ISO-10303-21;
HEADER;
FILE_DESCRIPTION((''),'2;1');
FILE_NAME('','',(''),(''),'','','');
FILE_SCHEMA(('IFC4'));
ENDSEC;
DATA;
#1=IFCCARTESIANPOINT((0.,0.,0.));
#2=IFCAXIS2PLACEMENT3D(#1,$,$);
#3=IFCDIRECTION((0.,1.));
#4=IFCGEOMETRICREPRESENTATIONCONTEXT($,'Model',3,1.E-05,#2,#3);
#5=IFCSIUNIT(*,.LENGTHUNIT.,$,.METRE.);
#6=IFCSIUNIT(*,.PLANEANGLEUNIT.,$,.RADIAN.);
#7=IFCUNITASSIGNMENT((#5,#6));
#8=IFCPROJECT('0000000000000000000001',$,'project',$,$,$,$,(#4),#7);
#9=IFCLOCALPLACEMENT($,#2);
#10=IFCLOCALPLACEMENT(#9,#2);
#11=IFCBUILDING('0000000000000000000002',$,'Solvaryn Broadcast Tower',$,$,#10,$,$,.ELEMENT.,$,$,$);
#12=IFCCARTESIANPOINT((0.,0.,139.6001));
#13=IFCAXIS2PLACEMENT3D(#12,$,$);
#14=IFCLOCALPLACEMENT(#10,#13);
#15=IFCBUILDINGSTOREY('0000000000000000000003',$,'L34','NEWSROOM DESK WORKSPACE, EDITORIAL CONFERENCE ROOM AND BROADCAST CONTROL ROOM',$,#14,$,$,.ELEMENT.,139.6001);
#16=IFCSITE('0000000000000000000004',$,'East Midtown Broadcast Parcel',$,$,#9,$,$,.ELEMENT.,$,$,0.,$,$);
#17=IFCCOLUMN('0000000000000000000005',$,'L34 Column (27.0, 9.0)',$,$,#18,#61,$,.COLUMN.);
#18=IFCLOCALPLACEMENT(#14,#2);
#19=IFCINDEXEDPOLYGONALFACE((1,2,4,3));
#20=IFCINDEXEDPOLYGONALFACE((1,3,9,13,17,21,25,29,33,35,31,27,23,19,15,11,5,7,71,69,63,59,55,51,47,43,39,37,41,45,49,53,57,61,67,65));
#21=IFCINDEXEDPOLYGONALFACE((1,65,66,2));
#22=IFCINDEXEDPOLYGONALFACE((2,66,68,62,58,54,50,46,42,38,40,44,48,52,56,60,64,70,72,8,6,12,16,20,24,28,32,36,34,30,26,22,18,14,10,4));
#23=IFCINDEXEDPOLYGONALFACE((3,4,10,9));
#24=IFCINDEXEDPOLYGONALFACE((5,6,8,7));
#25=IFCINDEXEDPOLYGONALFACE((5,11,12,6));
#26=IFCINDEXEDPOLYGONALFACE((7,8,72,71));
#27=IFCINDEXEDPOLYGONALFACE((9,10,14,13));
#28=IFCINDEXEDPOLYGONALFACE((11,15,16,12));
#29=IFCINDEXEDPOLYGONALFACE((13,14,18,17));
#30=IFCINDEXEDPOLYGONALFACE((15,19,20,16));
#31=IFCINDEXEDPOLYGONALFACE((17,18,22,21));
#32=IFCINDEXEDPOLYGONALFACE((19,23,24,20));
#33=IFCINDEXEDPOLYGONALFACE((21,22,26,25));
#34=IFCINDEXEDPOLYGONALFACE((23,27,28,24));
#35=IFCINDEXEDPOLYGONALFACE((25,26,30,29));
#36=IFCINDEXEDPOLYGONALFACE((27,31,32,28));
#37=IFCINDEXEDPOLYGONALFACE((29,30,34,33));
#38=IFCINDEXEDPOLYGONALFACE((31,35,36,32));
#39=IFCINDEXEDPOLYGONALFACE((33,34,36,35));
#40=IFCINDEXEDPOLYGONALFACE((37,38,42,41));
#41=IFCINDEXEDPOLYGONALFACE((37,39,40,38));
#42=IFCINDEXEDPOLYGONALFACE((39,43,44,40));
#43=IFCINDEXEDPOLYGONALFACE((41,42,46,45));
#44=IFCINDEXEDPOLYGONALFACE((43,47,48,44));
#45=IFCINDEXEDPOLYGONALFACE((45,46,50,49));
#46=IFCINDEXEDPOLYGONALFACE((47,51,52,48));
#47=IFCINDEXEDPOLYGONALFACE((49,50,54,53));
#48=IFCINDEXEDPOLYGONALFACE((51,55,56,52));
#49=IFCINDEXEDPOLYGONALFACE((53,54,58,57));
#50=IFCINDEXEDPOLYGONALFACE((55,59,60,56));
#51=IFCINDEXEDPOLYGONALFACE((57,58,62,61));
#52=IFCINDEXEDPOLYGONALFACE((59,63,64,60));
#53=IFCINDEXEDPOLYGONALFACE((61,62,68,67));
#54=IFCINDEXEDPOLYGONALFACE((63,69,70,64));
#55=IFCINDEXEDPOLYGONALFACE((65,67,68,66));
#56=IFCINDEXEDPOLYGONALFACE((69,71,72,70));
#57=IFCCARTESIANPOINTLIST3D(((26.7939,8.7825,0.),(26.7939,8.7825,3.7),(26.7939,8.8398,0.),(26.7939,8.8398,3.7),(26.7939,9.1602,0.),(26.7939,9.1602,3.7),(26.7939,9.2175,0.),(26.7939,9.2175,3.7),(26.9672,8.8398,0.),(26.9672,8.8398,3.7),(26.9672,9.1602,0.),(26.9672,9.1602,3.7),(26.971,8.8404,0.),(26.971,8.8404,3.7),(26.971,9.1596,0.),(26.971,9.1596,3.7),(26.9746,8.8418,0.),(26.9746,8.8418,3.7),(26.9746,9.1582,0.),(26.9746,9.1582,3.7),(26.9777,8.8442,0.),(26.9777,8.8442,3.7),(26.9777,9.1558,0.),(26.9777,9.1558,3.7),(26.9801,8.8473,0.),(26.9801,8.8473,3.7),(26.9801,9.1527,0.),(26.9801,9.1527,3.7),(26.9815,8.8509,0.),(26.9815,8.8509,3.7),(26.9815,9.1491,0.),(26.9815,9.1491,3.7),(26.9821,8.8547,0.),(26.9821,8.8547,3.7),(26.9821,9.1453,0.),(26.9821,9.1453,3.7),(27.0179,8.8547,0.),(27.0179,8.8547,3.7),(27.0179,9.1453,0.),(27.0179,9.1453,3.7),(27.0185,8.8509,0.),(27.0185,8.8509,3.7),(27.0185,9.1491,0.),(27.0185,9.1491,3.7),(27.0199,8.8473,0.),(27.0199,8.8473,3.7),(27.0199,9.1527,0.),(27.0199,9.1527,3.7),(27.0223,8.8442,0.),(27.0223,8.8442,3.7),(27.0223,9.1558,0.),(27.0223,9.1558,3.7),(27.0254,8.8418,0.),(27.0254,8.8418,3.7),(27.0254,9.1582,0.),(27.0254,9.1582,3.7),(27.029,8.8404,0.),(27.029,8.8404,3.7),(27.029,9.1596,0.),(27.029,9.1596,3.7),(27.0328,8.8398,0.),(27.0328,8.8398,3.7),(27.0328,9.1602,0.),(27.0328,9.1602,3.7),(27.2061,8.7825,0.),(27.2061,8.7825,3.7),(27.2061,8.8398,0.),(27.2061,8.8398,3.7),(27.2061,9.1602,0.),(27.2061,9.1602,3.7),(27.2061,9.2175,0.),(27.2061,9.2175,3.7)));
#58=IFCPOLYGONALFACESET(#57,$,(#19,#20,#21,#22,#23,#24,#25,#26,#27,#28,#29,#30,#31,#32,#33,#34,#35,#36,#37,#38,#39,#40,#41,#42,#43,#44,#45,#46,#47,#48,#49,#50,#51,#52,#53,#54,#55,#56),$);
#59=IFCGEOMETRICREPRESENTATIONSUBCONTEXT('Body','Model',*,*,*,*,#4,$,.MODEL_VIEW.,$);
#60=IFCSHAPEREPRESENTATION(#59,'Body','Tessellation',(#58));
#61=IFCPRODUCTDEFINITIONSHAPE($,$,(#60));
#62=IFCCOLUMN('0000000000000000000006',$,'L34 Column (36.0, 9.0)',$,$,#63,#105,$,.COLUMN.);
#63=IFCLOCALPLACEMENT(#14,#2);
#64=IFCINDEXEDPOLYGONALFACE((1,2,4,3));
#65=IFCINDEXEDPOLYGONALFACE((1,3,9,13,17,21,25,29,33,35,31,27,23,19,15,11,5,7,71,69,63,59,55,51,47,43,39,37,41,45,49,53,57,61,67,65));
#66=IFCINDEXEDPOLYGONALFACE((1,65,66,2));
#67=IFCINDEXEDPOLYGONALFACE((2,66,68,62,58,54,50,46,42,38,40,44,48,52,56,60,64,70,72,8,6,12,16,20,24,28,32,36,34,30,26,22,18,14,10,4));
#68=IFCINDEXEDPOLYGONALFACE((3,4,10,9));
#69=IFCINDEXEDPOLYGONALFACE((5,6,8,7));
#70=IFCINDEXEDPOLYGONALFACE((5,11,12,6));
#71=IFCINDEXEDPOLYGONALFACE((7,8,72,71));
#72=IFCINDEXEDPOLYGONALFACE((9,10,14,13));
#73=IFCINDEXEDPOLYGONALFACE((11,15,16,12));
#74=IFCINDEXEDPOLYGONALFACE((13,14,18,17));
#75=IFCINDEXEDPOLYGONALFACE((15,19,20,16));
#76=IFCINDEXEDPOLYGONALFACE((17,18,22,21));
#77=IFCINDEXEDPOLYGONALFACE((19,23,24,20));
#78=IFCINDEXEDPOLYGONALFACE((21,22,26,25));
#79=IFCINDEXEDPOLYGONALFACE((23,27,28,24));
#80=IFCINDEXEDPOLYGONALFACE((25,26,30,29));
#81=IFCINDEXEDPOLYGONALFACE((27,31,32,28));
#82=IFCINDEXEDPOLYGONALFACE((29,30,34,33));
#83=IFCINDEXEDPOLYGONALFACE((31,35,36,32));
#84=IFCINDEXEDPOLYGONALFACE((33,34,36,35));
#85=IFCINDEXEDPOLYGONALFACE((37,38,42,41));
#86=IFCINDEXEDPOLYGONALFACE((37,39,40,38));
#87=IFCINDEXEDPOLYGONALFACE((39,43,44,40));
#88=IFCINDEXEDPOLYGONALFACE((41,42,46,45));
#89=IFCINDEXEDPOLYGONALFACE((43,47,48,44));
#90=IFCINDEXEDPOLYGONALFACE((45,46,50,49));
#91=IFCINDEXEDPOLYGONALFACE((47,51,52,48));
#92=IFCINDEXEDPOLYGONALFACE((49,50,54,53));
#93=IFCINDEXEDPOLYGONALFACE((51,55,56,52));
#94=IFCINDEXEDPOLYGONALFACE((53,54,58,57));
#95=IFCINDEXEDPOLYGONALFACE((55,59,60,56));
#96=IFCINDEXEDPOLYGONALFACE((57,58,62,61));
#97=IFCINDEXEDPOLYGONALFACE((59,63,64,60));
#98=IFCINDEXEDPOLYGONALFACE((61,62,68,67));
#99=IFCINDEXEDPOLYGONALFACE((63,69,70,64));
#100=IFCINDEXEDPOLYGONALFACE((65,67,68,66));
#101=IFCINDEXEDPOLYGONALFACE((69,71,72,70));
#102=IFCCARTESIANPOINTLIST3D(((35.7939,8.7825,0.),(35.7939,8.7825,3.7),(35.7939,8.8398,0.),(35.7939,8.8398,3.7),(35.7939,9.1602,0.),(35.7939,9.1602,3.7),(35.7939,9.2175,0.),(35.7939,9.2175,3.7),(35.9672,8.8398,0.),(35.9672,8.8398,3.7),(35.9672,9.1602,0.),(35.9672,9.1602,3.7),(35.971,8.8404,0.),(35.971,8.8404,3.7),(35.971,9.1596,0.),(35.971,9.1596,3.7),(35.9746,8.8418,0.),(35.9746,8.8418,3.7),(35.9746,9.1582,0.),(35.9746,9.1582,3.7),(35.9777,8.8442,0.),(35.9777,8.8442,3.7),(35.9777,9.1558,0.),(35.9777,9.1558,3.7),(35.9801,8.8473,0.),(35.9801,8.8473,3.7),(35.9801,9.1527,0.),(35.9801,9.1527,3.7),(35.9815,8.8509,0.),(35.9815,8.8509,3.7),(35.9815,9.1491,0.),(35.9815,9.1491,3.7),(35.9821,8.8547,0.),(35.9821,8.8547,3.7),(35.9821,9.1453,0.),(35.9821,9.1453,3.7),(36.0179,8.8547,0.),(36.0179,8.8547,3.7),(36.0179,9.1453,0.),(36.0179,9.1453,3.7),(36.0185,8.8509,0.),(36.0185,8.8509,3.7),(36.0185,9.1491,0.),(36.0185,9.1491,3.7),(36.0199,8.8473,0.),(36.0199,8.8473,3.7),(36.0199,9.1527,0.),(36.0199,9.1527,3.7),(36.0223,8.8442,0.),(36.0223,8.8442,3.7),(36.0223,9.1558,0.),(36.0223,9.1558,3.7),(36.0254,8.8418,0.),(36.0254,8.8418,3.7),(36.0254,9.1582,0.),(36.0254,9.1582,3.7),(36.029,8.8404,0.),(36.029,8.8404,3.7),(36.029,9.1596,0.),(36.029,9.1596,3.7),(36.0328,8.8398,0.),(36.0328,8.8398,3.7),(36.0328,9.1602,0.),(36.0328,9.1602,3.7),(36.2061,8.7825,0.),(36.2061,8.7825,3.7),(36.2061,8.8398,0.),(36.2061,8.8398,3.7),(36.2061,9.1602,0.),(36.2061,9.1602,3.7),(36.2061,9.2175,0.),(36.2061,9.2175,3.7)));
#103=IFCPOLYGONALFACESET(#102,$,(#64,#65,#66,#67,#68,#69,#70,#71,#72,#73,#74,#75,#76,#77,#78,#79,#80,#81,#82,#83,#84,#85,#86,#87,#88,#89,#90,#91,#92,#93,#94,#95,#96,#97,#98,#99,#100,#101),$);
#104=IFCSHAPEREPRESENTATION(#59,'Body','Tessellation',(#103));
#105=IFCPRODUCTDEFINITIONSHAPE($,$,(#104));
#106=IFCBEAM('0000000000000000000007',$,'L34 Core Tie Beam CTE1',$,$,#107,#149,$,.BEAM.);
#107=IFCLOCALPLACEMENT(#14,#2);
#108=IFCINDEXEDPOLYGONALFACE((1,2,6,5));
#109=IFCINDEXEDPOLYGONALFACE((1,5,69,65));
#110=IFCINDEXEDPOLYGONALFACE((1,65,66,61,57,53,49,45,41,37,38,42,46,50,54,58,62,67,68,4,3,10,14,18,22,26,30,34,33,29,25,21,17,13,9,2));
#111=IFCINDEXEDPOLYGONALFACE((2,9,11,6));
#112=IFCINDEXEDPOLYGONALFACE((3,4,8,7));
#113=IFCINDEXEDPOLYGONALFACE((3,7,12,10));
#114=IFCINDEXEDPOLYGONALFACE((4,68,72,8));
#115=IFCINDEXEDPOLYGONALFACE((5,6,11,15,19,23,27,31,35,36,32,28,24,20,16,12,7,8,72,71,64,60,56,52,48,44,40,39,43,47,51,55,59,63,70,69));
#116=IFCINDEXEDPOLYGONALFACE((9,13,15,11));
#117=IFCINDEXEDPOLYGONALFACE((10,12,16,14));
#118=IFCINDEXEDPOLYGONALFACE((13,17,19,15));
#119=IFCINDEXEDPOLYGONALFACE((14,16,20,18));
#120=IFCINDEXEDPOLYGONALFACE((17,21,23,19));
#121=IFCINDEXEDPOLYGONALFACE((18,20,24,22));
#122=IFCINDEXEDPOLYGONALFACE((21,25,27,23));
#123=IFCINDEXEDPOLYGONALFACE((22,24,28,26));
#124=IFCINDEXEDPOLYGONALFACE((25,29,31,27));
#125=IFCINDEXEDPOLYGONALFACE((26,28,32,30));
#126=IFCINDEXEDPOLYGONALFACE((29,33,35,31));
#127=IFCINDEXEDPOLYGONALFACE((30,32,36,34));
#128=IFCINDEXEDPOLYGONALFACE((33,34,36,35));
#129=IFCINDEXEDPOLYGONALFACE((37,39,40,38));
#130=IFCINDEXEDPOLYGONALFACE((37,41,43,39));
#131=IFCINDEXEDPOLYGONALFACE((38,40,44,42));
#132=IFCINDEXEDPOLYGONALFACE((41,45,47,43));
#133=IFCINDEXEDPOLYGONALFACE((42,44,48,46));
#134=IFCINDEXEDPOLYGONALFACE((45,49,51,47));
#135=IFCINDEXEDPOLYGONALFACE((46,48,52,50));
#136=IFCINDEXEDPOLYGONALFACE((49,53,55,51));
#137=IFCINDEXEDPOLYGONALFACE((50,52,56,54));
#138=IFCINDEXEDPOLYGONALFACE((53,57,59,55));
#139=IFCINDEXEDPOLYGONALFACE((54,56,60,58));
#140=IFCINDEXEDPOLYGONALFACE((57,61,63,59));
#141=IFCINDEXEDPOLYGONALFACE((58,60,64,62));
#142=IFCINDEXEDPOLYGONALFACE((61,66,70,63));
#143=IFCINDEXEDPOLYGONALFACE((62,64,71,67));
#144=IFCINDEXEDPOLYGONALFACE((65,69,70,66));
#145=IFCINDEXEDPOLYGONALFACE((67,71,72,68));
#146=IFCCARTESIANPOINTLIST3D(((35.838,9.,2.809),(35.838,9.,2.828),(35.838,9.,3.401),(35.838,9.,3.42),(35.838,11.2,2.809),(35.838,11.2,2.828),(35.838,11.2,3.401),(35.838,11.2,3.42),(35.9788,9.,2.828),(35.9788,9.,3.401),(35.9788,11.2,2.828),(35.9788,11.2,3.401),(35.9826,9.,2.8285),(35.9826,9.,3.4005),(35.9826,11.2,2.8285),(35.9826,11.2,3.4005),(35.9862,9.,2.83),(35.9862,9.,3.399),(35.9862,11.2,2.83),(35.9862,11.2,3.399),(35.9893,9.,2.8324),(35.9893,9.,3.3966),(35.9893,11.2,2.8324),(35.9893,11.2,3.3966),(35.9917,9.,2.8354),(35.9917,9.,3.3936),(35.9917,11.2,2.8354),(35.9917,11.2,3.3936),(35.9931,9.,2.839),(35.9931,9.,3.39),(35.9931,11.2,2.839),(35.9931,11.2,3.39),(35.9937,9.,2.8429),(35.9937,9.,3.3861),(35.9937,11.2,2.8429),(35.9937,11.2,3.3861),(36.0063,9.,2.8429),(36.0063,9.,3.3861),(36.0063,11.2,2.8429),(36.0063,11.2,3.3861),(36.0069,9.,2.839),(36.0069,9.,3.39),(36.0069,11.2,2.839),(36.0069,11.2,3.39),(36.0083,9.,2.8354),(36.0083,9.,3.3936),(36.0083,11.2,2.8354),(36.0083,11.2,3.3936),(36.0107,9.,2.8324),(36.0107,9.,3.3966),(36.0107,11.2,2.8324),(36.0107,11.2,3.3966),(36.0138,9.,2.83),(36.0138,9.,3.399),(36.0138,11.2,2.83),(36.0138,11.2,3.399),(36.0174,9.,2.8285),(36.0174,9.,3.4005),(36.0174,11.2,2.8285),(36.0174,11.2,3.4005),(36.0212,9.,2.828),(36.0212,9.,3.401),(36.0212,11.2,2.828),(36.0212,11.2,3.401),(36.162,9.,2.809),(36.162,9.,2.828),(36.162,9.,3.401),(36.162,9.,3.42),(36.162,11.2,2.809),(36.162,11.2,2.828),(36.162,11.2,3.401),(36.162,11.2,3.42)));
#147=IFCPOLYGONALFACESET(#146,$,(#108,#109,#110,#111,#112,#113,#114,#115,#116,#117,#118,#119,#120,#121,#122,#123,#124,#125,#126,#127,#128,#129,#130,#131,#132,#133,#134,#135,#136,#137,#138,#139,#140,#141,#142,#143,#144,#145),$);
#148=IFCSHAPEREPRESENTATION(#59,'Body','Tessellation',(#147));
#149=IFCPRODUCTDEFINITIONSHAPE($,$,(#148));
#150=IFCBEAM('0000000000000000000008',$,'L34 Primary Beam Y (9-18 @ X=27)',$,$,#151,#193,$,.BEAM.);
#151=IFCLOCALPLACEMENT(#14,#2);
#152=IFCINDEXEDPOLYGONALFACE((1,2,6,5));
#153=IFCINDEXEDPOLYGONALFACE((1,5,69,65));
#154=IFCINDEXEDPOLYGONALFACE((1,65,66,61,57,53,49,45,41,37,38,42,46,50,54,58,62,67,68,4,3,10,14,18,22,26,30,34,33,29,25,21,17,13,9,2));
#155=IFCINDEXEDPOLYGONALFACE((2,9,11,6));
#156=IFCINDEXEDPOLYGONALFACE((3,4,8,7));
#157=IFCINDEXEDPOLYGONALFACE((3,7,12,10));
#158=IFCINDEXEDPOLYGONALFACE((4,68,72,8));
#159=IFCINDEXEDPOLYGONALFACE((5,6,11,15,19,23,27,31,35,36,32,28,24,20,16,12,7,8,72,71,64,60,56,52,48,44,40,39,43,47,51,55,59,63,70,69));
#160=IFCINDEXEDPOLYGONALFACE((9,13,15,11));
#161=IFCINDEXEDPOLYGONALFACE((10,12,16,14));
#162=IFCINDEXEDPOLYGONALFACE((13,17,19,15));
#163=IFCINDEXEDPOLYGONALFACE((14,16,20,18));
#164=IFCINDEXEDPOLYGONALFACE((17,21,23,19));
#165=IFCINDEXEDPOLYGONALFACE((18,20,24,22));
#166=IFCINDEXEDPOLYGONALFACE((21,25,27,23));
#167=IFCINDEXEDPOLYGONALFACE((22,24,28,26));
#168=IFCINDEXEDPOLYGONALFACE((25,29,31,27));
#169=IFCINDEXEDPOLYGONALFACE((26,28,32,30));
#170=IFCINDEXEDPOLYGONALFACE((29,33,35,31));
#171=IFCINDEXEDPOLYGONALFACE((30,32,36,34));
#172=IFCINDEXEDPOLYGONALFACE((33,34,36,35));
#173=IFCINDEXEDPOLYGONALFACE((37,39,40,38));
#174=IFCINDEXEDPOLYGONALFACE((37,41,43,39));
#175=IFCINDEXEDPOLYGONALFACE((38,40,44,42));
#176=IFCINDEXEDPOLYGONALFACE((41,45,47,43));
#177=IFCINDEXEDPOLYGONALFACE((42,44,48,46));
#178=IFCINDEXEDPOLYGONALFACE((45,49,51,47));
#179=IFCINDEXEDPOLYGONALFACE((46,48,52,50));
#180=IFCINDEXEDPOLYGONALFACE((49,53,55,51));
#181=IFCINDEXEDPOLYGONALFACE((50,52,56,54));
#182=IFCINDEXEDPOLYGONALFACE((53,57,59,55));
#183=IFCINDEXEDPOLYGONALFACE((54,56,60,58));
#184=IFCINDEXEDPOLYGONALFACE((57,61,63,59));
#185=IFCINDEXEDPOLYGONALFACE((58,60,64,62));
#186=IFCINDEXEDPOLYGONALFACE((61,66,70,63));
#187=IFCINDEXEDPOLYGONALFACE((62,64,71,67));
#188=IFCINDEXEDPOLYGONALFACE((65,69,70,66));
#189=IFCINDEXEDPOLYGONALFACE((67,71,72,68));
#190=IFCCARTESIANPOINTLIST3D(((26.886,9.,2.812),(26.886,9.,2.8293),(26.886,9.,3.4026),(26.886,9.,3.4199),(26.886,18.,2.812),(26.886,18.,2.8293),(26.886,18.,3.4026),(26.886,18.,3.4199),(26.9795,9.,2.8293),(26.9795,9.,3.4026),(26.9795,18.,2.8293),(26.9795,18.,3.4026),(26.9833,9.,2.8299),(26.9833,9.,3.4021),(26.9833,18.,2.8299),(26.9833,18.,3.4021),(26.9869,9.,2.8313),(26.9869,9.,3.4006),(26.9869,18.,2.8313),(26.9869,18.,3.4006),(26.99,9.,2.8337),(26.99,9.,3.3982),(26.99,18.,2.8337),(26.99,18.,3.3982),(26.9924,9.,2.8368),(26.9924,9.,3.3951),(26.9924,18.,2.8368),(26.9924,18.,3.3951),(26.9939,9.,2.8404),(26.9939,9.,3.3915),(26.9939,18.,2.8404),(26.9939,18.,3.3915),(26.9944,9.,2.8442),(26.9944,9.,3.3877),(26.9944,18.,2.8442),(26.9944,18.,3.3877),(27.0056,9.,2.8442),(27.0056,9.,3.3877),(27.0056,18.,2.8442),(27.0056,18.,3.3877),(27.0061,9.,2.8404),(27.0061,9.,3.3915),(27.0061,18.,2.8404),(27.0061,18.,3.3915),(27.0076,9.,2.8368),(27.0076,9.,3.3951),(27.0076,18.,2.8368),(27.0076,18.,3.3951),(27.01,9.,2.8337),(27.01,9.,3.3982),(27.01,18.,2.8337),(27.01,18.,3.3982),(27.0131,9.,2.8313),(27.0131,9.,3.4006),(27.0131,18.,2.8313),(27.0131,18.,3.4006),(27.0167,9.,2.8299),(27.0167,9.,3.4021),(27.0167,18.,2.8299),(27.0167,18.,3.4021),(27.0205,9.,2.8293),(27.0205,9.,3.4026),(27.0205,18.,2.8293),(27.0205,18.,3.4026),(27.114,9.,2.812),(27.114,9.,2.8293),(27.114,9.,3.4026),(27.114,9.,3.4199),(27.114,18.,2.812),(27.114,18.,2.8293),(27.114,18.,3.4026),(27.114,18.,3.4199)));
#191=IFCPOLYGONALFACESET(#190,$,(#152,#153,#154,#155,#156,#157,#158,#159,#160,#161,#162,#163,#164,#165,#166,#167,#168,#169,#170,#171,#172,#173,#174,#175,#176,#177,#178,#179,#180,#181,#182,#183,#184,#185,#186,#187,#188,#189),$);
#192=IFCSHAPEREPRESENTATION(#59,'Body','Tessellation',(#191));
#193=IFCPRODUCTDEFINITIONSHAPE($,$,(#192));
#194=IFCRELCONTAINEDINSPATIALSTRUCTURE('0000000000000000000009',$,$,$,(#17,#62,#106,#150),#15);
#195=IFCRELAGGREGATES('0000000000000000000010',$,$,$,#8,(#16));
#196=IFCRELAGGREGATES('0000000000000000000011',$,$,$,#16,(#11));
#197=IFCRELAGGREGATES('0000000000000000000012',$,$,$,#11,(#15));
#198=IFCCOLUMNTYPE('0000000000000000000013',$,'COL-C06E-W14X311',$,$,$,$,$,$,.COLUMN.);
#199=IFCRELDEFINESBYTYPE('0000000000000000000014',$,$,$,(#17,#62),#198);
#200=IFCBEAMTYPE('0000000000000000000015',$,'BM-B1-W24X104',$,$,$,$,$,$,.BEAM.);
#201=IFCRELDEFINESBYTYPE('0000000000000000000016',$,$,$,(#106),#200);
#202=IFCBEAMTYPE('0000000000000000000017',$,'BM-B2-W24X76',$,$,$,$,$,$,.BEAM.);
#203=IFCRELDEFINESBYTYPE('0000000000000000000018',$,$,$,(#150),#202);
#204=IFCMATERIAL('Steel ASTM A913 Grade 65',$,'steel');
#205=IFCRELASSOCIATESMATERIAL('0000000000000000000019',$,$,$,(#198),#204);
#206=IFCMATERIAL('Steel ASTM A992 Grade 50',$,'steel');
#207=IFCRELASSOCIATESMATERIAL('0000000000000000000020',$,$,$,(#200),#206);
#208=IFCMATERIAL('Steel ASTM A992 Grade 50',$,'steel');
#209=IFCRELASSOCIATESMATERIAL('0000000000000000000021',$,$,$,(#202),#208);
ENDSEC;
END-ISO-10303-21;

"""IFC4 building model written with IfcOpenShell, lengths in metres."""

from ifc_helpers import new_model, si_unit, direction, frame, origin, origin_2d, place, context, subcontext, project, spatial, i_section, extrude, material, material_profile, profile_set, type_object, element, save


model = new_model("IFC4")

# Units and contexts
model_context = context("Model", 3, precision=1e-05, world=origin(), true_north=direction((0.0, 1.0)))
body_context = subcontext(model_context, "Body", "Model", "MODEL_VIEW")
ifc_project = project(units=[si_unit("LENGTHUNIT", "METRE"), si_unit("PLANEANGLEUNIT", "RADIAN")], contexts=[model_context])

# Site, building, storey
site_placement = place(None, origin())
site = spatial("IfcSite", under=ifc_project, at=site_placement, Name="East Midtown Broadcast Parcel", CompositionType="ELEMENT", RefElevation=0.0)
building_placement = place(site_placement, origin())
building = spatial("IfcBuilding", under=site, at=building_placement, Name="Solvaryn Broadcast Tower", CompositionType="ELEMENT")
storey_placement = place(building_placement, frame((0.0, 0.0, 139.6001)))
storey = spatial("IfcBuildingStorey", under=building, at=storey_placement, Name="L34", Description="NEWSROOM DESK WORKSPACE, EDITORIAL CONFERENCE ROOM AND BROADCAST CONTROL ROOM", CompositionType="ELEMENT", Elevation=139.6001)

# Columns
ifc_material_1 = material(Name="Steel ASTM A913 Grade 65", Category="steel")
ifc_material_profile_1 = material_profile(ifc_material_1, i_section(OverallWidth=0.4121, OverallDepth=0.4351, WebThickness=0.0359, FlangeThickness=0.0574, FilletRadius=0.0149, at=origin_2d()))
ifc_profile_set_1 = profile_set([ifc_material_profile_1], Name="Steel ASTM A913 Grade 65")
column_type = type_object("IfcColumnType", Name="COL-C06E-W14X311", PredefinedType="COLUMN", material=ifc_profile_set_1)
for number, where, z_axis, x_axis, name in (
    (1, (27.0, 9.0, 0.0), (0.0, 0.0, 1.0), (1.0, 0.0, 0.0), "L34 Column (27.0, 9.0)"),
    (2, (36.0, 9.0, 0.0), (0.0, 0.0, 1.0), (1.0, 0.0, 0.0), "L34 Column (36.0, 9.0)"),
):
    element("IfcColumn", number, at=place(storey_placement, frame(where, z_axis=z_axis, x_axis=x_axis)), inside=storey, type_object=column_type, Name=name, PredefinedType="COLUMN", context=body_context, shape_type="SweptSolid", body=[
        extrude(i_section(OverallWidth=0.4121, OverallDepth=0.4351, WebThickness=0.0359, FlangeThickness=0.0574, FilletRadius=0.0149, at=origin_2d()), origin(), (0.0, 0.0, 1.0), 3.7),
    ])

# Beams
ifc_material_2 = material(Name="Steel ASTM A992 Grade 50", Category="steel")
ifc_material_profile_2 = material_profile(ifc_material_2, i_section(OverallWidth=0.324, OverallDepth=0.6111, WebThickness=0.0127, FlangeThickness=0.019, FilletRadius=0.0149, at=origin_2d()))
ifc_profile_set_2 = profile_set([ifc_material_profile_2], Name="Steel ASTM A992 Grade 50")
beam_type_1 = type_object("IfcBeamType", Name="BM-B1-W24X104", PredefinedType="BEAM", material=ifc_profile_set_2)
beam_1_placement = place(storey_placement, frame((36.0, 9.0, 3.1145), z_axis=(0.0, 1.0, 0.0), x_axis=(-1.0, 0.0, 0.0)))
element("IfcBeam", 3, at=beam_1_placement, inside=storey, type_object=beam_type_1, Name="L34 Core Tie Beam CTE1", PredefinedType="BEAM", context=body_context, shape_type="SweptSolid", body=[
    extrude(i_section(OverallWidth=0.324, OverallDepth=0.6111, WebThickness=0.0127, FlangeThickness=0.019, FilletRadius=0.0149, at=origin_2d()), origin(), (0.0, 0.0, 1.0), 2.2),
])
ifc_material_3 = material(Name="Steel ASTM A992 Grade 50", Category="steel")
ifc_material_profile_3 = material_profile(ifc_material_3, i_section(OverallWidth=0.228, OverallDepth=0.6079, WebThickness=0.0112, FlangeThickness=0.0173, FilletRadius=0.0149, at=origin_2d()))
ifc_profile_set_3 = profile_set([ifc_material_profile_3], Name="Steel ASTM A992 Grade 50")
beam_type_2 = type_object("IfcBeamType", Name="BM-B2-W24X76", PredefinedType="BEAM", material=ifc_profile_set_3)
beam_2_placement = place(storey_placement, frame((27.0, 9.0, 3.116), z_axis=(0.0, 1.0, 0.0), x_axis=(-1.0, 0.0, 0.0)))
element("IfcBeam", 4, at=beam_2_placement, inside=storey, type_object=beam_type_2, Name="L34 Primary Beam Y (9-18 @ X=27)", PredefinedType="BEAM", context=body_context, shape_type="SweptSolid", body=[
    extrude(i_section(OverallWidth=0.228, OverallDepth=0.6079, WebThickness=0.0112, FlangeThickness=0.0173, FilletRadius=0.0149, at=origin_2d()), origin(), (0.0, 0.0, 1.0), 9.0),
])

save(model, "model.ifc")
